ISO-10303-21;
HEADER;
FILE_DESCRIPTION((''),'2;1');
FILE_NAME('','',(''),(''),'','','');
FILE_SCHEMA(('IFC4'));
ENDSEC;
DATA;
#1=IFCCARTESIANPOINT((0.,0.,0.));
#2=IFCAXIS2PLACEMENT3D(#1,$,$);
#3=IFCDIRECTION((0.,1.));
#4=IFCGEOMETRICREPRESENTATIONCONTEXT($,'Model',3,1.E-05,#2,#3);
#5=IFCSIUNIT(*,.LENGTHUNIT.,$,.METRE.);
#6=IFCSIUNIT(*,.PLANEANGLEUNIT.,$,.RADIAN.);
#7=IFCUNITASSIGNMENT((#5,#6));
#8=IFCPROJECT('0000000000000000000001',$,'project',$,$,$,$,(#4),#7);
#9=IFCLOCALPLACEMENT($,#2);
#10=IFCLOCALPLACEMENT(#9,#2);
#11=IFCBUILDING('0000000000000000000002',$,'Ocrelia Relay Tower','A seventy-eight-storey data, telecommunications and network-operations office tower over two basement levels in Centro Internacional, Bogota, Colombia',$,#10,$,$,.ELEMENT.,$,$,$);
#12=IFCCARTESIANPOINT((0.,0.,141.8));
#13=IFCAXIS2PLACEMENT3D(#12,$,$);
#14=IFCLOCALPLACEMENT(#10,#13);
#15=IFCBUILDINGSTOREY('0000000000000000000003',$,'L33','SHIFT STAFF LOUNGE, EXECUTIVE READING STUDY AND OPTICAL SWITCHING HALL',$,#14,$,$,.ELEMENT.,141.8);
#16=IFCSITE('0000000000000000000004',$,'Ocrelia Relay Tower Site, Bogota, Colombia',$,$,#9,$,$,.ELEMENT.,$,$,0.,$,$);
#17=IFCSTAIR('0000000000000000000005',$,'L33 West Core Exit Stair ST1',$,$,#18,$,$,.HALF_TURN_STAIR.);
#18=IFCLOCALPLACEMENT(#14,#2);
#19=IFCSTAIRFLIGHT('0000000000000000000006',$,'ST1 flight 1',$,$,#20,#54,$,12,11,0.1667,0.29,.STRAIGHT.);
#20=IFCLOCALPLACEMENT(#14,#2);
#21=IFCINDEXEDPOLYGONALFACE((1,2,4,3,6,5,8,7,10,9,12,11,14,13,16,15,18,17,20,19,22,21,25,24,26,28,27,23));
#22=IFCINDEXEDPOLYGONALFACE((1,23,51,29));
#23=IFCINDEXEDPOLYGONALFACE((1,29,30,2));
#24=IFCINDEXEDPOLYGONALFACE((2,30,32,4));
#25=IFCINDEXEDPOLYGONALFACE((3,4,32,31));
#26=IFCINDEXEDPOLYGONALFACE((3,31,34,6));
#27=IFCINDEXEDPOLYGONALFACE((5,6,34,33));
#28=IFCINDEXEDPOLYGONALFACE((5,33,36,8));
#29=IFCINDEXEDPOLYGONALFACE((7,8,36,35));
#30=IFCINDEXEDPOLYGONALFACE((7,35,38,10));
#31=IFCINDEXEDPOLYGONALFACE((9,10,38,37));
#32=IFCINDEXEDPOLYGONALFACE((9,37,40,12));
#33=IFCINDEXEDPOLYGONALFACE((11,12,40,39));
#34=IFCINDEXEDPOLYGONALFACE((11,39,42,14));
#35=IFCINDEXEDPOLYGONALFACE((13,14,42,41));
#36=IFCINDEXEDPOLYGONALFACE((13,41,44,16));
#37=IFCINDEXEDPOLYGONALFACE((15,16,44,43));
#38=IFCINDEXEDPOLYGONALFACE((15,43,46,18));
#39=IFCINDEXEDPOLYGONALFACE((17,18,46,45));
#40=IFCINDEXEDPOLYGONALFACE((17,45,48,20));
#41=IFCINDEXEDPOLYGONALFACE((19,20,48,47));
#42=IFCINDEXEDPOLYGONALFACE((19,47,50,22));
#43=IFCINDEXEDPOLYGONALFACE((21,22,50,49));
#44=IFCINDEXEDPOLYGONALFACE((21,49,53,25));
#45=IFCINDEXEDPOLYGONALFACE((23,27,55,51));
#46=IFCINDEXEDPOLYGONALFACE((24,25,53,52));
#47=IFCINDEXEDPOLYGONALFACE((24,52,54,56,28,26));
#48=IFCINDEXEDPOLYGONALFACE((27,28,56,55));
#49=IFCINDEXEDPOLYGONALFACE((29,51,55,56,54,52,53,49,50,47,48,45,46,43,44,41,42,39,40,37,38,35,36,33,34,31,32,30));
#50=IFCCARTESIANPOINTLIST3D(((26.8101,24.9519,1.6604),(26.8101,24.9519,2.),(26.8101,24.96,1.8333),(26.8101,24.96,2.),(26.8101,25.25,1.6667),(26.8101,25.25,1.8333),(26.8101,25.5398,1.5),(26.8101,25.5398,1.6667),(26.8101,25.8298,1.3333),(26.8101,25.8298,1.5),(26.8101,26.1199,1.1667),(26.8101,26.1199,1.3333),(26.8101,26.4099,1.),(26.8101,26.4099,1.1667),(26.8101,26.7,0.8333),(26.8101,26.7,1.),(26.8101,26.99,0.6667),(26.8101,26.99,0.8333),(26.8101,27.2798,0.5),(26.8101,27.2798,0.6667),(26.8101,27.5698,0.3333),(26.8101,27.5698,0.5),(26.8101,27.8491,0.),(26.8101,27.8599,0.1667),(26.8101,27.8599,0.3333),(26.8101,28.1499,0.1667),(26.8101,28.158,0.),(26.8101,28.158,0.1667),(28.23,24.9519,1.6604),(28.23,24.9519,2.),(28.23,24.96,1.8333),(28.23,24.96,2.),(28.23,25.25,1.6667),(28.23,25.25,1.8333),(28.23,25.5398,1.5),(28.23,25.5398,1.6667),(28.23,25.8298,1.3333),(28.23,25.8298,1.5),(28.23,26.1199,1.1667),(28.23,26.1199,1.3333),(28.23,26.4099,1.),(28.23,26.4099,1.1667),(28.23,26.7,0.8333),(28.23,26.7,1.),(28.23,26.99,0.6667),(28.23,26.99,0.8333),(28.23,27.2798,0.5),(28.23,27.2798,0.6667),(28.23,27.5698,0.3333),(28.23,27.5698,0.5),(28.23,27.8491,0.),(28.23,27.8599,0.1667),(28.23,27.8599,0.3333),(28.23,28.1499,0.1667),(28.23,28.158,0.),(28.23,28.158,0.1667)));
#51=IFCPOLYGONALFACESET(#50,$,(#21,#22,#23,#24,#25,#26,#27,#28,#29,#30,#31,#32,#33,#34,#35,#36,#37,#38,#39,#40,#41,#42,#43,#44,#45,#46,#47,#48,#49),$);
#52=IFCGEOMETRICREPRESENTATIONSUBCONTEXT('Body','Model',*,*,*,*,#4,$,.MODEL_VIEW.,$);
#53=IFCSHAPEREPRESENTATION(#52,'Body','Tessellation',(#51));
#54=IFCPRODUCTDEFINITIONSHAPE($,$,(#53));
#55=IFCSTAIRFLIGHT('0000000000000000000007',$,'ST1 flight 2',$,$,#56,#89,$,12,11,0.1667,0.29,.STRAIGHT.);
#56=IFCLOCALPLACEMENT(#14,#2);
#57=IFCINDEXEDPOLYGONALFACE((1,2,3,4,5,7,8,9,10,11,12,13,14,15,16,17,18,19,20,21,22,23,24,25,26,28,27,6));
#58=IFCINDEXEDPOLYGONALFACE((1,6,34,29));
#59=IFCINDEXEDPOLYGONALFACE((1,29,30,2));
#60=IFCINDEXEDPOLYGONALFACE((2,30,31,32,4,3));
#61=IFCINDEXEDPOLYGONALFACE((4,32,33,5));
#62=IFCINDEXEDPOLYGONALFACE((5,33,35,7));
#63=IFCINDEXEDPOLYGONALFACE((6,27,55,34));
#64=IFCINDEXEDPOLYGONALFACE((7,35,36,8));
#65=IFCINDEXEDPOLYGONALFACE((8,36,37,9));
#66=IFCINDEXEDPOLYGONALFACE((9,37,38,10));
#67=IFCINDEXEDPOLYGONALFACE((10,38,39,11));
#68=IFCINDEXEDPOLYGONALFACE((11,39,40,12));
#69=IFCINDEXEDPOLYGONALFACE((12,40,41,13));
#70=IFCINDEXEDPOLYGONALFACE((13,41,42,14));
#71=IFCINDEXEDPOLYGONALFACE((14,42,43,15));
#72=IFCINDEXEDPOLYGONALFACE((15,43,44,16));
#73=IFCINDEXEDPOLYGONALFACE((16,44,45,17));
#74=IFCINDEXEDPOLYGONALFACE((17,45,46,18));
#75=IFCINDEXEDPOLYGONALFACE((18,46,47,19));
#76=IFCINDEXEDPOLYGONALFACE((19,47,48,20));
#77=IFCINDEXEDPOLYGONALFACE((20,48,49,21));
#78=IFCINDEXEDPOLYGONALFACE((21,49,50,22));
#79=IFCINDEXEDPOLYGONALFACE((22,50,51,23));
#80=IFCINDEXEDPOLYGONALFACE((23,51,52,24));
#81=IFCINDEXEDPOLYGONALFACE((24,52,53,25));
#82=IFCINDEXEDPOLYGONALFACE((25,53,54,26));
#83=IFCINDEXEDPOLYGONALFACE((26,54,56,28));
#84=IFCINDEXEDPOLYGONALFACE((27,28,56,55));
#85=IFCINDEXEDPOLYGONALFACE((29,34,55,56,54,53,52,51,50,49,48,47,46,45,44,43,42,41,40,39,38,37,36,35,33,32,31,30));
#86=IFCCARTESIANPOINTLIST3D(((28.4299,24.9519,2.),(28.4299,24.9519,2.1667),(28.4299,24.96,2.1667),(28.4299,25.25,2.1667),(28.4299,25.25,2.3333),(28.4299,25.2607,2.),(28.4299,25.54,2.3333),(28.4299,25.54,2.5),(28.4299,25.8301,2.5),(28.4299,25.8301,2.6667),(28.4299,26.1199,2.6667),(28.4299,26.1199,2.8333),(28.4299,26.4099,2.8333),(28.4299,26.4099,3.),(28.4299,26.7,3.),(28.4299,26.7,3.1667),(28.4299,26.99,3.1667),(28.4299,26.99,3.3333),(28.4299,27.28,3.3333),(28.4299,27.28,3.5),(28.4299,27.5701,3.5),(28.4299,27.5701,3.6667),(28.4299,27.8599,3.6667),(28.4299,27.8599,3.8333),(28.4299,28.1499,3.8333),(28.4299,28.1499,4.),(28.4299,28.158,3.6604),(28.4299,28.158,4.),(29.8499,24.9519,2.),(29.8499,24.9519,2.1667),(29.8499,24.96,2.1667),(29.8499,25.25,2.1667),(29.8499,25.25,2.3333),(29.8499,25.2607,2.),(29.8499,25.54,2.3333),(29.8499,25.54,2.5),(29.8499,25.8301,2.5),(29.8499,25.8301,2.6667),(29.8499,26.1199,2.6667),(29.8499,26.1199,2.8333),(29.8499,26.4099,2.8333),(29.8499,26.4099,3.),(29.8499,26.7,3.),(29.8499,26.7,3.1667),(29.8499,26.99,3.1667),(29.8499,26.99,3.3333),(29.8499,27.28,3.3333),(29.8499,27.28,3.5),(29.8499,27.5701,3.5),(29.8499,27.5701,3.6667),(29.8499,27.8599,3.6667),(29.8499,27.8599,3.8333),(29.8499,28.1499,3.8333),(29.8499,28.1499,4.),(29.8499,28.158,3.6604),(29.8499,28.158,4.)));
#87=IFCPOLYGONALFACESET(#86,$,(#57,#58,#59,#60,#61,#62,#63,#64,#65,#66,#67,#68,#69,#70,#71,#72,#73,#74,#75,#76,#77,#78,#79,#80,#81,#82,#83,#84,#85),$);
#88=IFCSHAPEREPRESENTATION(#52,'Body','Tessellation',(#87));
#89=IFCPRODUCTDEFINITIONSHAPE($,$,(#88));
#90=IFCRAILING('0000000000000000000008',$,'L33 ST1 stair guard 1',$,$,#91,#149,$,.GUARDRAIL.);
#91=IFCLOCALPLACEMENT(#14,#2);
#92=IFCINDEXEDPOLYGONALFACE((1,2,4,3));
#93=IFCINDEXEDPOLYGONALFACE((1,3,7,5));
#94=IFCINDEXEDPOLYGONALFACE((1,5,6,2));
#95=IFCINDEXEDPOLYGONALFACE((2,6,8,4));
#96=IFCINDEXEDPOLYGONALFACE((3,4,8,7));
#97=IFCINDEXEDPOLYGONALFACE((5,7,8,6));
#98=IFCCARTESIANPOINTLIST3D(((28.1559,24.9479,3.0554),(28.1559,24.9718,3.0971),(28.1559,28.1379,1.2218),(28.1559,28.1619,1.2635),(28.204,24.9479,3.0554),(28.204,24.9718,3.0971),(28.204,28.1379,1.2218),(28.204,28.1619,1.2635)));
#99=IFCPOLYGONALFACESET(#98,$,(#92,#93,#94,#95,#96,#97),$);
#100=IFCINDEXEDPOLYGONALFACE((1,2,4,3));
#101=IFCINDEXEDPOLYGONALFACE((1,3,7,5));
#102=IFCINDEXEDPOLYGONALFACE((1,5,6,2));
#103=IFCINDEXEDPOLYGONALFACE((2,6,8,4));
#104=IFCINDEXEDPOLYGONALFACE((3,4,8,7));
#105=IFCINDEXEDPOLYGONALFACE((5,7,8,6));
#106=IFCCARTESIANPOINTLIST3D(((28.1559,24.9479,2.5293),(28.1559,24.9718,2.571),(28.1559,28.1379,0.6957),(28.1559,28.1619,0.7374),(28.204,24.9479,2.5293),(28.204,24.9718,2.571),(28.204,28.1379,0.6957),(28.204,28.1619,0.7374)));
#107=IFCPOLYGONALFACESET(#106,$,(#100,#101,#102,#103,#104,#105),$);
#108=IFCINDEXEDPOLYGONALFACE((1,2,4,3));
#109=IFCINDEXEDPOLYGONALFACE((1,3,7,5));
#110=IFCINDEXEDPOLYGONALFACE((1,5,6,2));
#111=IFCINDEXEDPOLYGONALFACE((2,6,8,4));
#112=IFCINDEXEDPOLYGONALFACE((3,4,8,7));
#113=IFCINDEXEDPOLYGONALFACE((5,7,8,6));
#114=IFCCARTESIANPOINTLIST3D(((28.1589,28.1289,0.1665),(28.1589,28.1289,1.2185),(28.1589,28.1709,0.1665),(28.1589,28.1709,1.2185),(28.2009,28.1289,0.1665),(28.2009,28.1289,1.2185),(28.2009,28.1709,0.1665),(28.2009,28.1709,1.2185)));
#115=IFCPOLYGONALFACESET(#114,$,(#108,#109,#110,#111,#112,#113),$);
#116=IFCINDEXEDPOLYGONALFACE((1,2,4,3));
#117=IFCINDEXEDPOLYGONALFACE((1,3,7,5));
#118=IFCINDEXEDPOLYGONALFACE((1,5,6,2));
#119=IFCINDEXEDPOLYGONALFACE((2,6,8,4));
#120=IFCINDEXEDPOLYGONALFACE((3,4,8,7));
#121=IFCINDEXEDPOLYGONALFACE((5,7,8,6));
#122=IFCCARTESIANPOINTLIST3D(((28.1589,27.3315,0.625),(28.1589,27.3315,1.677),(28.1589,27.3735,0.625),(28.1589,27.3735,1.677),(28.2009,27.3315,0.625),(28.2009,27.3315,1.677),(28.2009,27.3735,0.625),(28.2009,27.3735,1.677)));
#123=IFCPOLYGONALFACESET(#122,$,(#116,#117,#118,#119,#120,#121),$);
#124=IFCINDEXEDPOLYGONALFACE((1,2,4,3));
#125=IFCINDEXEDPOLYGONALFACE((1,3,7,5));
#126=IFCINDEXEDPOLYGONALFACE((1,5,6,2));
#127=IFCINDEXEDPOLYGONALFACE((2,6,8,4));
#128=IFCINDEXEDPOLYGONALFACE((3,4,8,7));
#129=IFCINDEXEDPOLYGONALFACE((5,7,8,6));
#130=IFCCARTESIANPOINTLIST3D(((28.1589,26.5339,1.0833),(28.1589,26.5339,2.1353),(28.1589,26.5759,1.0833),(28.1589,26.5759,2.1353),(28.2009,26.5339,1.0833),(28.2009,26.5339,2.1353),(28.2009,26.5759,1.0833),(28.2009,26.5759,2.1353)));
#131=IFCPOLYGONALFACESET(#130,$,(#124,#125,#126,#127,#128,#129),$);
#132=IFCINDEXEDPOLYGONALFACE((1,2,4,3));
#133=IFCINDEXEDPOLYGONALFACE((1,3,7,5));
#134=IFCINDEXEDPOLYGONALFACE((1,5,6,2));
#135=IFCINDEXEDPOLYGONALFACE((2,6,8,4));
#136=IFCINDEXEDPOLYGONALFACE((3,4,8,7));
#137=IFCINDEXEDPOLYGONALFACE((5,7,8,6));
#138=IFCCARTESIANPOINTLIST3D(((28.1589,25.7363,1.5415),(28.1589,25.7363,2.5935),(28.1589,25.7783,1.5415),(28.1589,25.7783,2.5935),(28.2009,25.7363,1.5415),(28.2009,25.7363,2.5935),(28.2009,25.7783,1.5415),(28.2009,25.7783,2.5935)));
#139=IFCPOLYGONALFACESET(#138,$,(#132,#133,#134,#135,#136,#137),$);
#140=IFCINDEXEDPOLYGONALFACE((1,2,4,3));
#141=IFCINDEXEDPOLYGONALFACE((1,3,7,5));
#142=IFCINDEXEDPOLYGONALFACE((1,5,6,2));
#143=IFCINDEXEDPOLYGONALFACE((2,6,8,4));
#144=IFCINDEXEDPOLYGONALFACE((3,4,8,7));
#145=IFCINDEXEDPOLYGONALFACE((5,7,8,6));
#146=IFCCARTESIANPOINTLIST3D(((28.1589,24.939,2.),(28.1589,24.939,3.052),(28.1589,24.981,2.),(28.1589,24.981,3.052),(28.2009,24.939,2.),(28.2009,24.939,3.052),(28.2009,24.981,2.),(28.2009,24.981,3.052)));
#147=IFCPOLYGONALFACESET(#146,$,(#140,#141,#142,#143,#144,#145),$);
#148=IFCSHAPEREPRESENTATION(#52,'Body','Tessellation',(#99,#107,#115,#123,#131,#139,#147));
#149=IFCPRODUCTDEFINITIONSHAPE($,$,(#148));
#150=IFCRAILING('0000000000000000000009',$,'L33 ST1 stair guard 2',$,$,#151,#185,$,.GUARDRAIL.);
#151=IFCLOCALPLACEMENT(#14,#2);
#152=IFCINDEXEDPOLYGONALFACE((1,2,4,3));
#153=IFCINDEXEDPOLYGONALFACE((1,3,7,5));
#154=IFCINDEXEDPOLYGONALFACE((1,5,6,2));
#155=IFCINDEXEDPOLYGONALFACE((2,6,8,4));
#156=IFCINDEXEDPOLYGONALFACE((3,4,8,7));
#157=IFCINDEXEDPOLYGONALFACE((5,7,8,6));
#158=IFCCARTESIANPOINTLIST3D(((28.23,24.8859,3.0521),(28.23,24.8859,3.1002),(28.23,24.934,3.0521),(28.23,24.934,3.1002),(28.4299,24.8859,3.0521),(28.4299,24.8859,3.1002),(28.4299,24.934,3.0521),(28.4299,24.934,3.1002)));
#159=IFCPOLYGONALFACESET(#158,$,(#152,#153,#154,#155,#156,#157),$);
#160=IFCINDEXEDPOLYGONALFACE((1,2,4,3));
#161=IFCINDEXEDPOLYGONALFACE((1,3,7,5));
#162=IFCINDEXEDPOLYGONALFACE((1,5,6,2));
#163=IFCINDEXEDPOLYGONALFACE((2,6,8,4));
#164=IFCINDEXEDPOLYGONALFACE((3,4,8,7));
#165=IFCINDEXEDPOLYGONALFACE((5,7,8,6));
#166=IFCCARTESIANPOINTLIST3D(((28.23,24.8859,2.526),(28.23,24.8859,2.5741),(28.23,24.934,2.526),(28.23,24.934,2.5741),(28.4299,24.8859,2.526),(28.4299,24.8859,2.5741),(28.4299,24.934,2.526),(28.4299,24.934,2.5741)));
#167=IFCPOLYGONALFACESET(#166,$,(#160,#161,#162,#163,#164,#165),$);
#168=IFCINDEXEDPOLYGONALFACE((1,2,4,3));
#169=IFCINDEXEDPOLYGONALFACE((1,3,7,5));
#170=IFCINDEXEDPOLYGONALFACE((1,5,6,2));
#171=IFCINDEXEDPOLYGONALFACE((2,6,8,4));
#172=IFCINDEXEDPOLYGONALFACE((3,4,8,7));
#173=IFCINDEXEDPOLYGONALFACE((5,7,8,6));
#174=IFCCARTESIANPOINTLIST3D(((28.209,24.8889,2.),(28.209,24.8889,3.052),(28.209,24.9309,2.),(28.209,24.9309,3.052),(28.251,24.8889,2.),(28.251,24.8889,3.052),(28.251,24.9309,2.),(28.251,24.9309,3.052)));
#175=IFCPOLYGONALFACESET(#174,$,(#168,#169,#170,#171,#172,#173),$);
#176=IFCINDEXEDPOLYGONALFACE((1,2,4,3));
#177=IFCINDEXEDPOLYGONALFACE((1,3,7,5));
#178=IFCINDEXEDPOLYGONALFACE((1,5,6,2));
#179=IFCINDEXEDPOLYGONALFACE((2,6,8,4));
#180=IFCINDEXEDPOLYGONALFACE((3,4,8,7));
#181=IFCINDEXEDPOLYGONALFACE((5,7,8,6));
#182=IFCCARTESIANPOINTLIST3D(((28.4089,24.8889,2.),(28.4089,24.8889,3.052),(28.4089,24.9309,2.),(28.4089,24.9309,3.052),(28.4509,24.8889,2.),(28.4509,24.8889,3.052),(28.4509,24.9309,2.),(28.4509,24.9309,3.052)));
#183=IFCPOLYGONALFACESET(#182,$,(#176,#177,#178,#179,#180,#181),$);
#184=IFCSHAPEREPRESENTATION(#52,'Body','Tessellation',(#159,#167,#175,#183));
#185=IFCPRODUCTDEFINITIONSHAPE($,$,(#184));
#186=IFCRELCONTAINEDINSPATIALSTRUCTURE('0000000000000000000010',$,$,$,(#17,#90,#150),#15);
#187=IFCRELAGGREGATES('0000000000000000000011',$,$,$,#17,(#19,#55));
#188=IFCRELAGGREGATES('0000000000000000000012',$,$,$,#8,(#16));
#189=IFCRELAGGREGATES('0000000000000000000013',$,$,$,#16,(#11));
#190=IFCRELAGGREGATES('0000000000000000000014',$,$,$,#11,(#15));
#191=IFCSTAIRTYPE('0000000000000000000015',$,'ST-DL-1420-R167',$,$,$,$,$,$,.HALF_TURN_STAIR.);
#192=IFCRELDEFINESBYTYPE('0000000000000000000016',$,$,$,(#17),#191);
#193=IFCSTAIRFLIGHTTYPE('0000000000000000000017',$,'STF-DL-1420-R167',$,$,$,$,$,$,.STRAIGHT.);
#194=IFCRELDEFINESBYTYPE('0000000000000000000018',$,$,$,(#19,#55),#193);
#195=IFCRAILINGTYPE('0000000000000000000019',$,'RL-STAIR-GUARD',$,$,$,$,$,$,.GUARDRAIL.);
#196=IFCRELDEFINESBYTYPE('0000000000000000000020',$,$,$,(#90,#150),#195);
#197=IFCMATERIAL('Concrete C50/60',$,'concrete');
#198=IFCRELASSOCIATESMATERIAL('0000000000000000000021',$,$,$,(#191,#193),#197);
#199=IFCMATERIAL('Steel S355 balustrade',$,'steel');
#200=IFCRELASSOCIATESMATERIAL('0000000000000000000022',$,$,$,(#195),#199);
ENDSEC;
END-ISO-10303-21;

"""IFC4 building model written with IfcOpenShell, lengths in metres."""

from ifc_helpers import new_model, si_unit, direction, frame, origin, origin_2d, place, context, subcontext, project, spatial, polyline, rectangle, outline, extrude, material, type_object, element, aggregate, save


model = new_model("IFC4")

# Units and contexts
model_context = context("Model", 3, precision=1e-05, world=origin(), true_north=direction((0.0, 1.0)))
body_context = subcontext(model_context, "Body", "Model", "MODEL_VIEW")
ifc_project = project(units=[si_unit("LENGTHUNIT", "METRE"), si_unit("PLANEANGLEUNIT", "RADIAN")], contexts=[model_context])

# Site, building, storey
site_placement = place(None, origin())
site = spatial("IfcSite", under=ifc_project, at=site_placement, Name="Ocrelia Relay Tower Site, Bogota, Colombia", CompositionType="ELEMENT", RefElevation=0.0)
building_placement = place(site_placement, origin())
building = spatial("IfcBuilding", under=site, at=building_placement, Name="Ocrelia Relay Tower", Description="A seventy-eight-storey data, telecommunications and network-operations office tower over two basement levels in Centro Internacional, Bogota, Colombia", CompositionType="ELEMENT")
storey_placement = place(building_placement, frame((0.0, 0.0, 141.8)))
storey = spatial("IfcBuildingStorey", under=building, at=storey_placement, Name="L33", Description="SHIFT STAFF LOUNGE, EXECUTIVE READING STUDY AND OPTICAL SWITCHING HALL", CompositionType="ELEMENT", Elevation=141.8)

# Shared definitions
ifc_material_1 = material(Name="Concrete C50/60", Category="concrete")

# Stair, stair flights
stair_type = type_object("IfcStairType", Name="ST-DL-1420-R167", PredefinedType="HALF_TURN_STAIR", material=ifc_material_1)
stair_placement = place(storey_placement, origin())
stair = element("IfcStair", 1, at=stair_placement, inside=storey, type_object=stair_type, Name="L33 West Core Exit Stair ST1", PredefinedType="HALF_TURN_STAIR")
stair_flight_type = type_object("IfcStairFlightType", Name="STF-DL-1420-R167", PredefinedType="STRAIGHT", material=ifc_material_1)
stair_flight_1_placement = place(storey_placement, frame((27.52, 28.1499, 0.0), z_axis=(0.0, 0.0, 1.0), x_axis=(0.0, -1.0, 0.0)))
stair_flight_1 = element("IfcStairFlight", 2, at=stair_flight_1_placement, type_object=stair_flight_type, Name="ST1 flight 1", NumberOfRisers=12, NumberOfTreads=11, PredefinedType="STRAIGHT", RiserHeight=0.1667, TreadLength=0.29, context=body_context, shape_type="SweptSolid", body=[
    extrude(outline(polyline([(-0.0081, 0.0), (-0.0081, 0.1667), (0.0, 0.1667), (0.29, 0.1667), (0.29, 0.3333), (0.5801, 0.3333), (0.5801, 0.5), (0.8701, 0.5), (0.8701, 0.6667), (1.1599, 0.6667), (1.1599, 0.8333), (1.45, 0.8333), (1.45, 1.0), (1.74, 1.0), (1.74, 1.1667), (2.03, 1.1667), (2.03, 1.3333), (2.3201, 1.3333), (2.3201, 1.5), (2.6101, 1.5), (2.6101, 1.6667), (2.8999, 1.6667), (2.8999, 1.8333), (3.1899, 1.8333), (3.1899, 2.0), (3.198, 2.0), (3.198, 1.6604), (0.3008, 0.0), (-0.0081, 0.0)])), frame((0.0, 0.71, 0.0), z_axis=(0.0, -1.0, 0.0), x_axis=(1.0, 0.0, 0.0)), (0.0, 0.0, 1.0), 1.4199),
])
stair_flight_2_placement = place(storey_placement, frame((29.1399, 24.96, 2.0), z_axis=(0.0, 0.0, 1.0), x_axis=(0.0, 1.0, 0.0)))
stair_flight_2 = element("IfcStairFlight", 3, at=stair_flight_2_placement, type_object=stair_flight_type, Name="ST1 flight 2", NumberOfRisers=12, NumberOfTreads=11, PredefinedType="STRAIGHT", RiserHeight=0.1667, TreadLength=0.29, context=body_context, shape_type="SweptSolid", body=[
    extrude(outline(polyline([(-0.0081, 0.0), (-0.0081, 0.1667), (0.0, 0.1667), (0.29, 0.1667), (0.29, 0.3333), (0.5801, 0.3333), (0.5801, 0.5), (0.8701, 0.5), (0.8701, 0.6667), (1.1599, 0.6667), (1.1599, 0.8333), (1.45, 0.8333), (1.45, 1.0), (1.74, 1.0), (1.74, 1.1667), (2.03, 1.1667), (2.03, 1.3333), (2.3201, 1.3333), (2.3201, 1.5), (2.6101, 1.5), (2.6101, 1.6667), (2.8999, 1.6667), (2.8999, 1.8333), (3.1899, 1.8333), (3.1899, 2.0), (3.198, 2.0), (3.198, 1.6604), (0.3008, 0.0), (-0.0081, 0.0)])), frame((0.0, 0.71, 0.0), z_axis=(0.0, -1.0, 0.0), x_axis=(1.0, 0.0, 0.0)), (0.0, 0.0, 1.0), 1.4199),
])
aggregate(stair, [stair_flight_1, stair_flight_2])

# Railings
ifc_material_2 = material(Name="Steel S355 balustrade", Category="steel")
railing_type_1 = type_object("IfcRailingType", Name="RL-STAIR-GUARD", PredefinedType="GUARDRAIL", material=ifc_material_2)
railing_1_placement = place(storey_placement, frame((28.1799, 28.1499, 0.1665)))
element("IfcRailing", 4, at=railing_1_placement, inside=storey, type_object=railing_type_1, Name="L33 ST1 stair guard 1", PredefinedType="GUARDRAIL", context=body_context, shape_type="SweptSolid", body=[
    extrude(rectangle(XDim=0.0481, YDim=0.0481, at=origin_2d()), frame((0.0, 0.0, 1.0762), z_axis=(0.0, -0.866991, 0.498324), x_axis=(1.0, 0.0, 0.0)), (0.0, 0.0, 1.0), 3.6794),
    extrude(rectangle(XDim=0.0481, YDim=0.0481, at=origin_2d()), frame((0.0, 0.0, 0.55), z_axis=(0.0, -0.866991, 0.498324), x_axis=(1.0, 0.0, 0.0)), (0.0, 0.0, 1.0), 3.6794),
    extrude(rectangle(XDim=0.042, YDim=0.042, at=origin_2d()), origin(), (0.0, 0.0, 1.0), 1.052),
    extrude(rectangle(XDim=0.042, YDim=0.042, at=origin_2d()), frame((0.0, -0.7974, 0.4585)), (0.0, 0.0, 1.0), 1.052),
    extrude(rectangle(XDim=0.042, YDim=0.042, at=origin_2d()), frame((0.0, -1.595, 0.9167)), (0.0, 0.0, 1.0), 1.052),
    extrude(rectangle(XDim=0.042, YDim=0.042, at=origin_2d()), frame((0.0, -2.3926, 1.375)), (0.0, 0.0, 1.0), 1.052),
    extrude(rectangle(XDim=0.042, YDim=0.042, at=origin_2d()), frame((0.0, -3.1899, 1.8335)), (0.0, 0.0, 1.0), 1.052),
])
railing_2_placement = place(storey_placement, frame((28.23, 24.9099, 2.0)))
element("IfcRailing", 5, at=railing_2_placement, inside=storey, type_object=railing_type_1, Name="L33 ST1 stair guard 2", PredefinedType="GUARDRAIL", context=body_context, shape_type="SweptSolid", body=[
    extrude(rectangle(XDim=0.0481, YDim=0.0481, at=origin_2d()), frame((0.0, 0.0, 1.0762), z_axis=(1.0, 0.0, 0.0), x_axis=(0.0, 1.0, 0.0)), (0.0, 0.0, 1.0), 0.2),
    extrude(rectangle(XDim=0.0481, YDim=0.0481, at=origin_2d()), frame((0.0, 0.0, 0.55), z_axis=(1.0, 0.0, 0.0), x_axis=(0.0, 1.0, 0.0)), (0.0, 0.0, 1.0), 0.2),
    extrude(rectangle(XDim=0.042, YDim=0.042, at=origin_2d()), origin(), (0.0, 0.0, 1.0), 1.052),
    extrude(rectangle(XDim=0.042, YDim=0.042, at=origin_2d()), frame((0.2, 0.0, 0.0)), (0.0, 0.0, 1.0), 1.052),
])

save(model, "model.ifc")
